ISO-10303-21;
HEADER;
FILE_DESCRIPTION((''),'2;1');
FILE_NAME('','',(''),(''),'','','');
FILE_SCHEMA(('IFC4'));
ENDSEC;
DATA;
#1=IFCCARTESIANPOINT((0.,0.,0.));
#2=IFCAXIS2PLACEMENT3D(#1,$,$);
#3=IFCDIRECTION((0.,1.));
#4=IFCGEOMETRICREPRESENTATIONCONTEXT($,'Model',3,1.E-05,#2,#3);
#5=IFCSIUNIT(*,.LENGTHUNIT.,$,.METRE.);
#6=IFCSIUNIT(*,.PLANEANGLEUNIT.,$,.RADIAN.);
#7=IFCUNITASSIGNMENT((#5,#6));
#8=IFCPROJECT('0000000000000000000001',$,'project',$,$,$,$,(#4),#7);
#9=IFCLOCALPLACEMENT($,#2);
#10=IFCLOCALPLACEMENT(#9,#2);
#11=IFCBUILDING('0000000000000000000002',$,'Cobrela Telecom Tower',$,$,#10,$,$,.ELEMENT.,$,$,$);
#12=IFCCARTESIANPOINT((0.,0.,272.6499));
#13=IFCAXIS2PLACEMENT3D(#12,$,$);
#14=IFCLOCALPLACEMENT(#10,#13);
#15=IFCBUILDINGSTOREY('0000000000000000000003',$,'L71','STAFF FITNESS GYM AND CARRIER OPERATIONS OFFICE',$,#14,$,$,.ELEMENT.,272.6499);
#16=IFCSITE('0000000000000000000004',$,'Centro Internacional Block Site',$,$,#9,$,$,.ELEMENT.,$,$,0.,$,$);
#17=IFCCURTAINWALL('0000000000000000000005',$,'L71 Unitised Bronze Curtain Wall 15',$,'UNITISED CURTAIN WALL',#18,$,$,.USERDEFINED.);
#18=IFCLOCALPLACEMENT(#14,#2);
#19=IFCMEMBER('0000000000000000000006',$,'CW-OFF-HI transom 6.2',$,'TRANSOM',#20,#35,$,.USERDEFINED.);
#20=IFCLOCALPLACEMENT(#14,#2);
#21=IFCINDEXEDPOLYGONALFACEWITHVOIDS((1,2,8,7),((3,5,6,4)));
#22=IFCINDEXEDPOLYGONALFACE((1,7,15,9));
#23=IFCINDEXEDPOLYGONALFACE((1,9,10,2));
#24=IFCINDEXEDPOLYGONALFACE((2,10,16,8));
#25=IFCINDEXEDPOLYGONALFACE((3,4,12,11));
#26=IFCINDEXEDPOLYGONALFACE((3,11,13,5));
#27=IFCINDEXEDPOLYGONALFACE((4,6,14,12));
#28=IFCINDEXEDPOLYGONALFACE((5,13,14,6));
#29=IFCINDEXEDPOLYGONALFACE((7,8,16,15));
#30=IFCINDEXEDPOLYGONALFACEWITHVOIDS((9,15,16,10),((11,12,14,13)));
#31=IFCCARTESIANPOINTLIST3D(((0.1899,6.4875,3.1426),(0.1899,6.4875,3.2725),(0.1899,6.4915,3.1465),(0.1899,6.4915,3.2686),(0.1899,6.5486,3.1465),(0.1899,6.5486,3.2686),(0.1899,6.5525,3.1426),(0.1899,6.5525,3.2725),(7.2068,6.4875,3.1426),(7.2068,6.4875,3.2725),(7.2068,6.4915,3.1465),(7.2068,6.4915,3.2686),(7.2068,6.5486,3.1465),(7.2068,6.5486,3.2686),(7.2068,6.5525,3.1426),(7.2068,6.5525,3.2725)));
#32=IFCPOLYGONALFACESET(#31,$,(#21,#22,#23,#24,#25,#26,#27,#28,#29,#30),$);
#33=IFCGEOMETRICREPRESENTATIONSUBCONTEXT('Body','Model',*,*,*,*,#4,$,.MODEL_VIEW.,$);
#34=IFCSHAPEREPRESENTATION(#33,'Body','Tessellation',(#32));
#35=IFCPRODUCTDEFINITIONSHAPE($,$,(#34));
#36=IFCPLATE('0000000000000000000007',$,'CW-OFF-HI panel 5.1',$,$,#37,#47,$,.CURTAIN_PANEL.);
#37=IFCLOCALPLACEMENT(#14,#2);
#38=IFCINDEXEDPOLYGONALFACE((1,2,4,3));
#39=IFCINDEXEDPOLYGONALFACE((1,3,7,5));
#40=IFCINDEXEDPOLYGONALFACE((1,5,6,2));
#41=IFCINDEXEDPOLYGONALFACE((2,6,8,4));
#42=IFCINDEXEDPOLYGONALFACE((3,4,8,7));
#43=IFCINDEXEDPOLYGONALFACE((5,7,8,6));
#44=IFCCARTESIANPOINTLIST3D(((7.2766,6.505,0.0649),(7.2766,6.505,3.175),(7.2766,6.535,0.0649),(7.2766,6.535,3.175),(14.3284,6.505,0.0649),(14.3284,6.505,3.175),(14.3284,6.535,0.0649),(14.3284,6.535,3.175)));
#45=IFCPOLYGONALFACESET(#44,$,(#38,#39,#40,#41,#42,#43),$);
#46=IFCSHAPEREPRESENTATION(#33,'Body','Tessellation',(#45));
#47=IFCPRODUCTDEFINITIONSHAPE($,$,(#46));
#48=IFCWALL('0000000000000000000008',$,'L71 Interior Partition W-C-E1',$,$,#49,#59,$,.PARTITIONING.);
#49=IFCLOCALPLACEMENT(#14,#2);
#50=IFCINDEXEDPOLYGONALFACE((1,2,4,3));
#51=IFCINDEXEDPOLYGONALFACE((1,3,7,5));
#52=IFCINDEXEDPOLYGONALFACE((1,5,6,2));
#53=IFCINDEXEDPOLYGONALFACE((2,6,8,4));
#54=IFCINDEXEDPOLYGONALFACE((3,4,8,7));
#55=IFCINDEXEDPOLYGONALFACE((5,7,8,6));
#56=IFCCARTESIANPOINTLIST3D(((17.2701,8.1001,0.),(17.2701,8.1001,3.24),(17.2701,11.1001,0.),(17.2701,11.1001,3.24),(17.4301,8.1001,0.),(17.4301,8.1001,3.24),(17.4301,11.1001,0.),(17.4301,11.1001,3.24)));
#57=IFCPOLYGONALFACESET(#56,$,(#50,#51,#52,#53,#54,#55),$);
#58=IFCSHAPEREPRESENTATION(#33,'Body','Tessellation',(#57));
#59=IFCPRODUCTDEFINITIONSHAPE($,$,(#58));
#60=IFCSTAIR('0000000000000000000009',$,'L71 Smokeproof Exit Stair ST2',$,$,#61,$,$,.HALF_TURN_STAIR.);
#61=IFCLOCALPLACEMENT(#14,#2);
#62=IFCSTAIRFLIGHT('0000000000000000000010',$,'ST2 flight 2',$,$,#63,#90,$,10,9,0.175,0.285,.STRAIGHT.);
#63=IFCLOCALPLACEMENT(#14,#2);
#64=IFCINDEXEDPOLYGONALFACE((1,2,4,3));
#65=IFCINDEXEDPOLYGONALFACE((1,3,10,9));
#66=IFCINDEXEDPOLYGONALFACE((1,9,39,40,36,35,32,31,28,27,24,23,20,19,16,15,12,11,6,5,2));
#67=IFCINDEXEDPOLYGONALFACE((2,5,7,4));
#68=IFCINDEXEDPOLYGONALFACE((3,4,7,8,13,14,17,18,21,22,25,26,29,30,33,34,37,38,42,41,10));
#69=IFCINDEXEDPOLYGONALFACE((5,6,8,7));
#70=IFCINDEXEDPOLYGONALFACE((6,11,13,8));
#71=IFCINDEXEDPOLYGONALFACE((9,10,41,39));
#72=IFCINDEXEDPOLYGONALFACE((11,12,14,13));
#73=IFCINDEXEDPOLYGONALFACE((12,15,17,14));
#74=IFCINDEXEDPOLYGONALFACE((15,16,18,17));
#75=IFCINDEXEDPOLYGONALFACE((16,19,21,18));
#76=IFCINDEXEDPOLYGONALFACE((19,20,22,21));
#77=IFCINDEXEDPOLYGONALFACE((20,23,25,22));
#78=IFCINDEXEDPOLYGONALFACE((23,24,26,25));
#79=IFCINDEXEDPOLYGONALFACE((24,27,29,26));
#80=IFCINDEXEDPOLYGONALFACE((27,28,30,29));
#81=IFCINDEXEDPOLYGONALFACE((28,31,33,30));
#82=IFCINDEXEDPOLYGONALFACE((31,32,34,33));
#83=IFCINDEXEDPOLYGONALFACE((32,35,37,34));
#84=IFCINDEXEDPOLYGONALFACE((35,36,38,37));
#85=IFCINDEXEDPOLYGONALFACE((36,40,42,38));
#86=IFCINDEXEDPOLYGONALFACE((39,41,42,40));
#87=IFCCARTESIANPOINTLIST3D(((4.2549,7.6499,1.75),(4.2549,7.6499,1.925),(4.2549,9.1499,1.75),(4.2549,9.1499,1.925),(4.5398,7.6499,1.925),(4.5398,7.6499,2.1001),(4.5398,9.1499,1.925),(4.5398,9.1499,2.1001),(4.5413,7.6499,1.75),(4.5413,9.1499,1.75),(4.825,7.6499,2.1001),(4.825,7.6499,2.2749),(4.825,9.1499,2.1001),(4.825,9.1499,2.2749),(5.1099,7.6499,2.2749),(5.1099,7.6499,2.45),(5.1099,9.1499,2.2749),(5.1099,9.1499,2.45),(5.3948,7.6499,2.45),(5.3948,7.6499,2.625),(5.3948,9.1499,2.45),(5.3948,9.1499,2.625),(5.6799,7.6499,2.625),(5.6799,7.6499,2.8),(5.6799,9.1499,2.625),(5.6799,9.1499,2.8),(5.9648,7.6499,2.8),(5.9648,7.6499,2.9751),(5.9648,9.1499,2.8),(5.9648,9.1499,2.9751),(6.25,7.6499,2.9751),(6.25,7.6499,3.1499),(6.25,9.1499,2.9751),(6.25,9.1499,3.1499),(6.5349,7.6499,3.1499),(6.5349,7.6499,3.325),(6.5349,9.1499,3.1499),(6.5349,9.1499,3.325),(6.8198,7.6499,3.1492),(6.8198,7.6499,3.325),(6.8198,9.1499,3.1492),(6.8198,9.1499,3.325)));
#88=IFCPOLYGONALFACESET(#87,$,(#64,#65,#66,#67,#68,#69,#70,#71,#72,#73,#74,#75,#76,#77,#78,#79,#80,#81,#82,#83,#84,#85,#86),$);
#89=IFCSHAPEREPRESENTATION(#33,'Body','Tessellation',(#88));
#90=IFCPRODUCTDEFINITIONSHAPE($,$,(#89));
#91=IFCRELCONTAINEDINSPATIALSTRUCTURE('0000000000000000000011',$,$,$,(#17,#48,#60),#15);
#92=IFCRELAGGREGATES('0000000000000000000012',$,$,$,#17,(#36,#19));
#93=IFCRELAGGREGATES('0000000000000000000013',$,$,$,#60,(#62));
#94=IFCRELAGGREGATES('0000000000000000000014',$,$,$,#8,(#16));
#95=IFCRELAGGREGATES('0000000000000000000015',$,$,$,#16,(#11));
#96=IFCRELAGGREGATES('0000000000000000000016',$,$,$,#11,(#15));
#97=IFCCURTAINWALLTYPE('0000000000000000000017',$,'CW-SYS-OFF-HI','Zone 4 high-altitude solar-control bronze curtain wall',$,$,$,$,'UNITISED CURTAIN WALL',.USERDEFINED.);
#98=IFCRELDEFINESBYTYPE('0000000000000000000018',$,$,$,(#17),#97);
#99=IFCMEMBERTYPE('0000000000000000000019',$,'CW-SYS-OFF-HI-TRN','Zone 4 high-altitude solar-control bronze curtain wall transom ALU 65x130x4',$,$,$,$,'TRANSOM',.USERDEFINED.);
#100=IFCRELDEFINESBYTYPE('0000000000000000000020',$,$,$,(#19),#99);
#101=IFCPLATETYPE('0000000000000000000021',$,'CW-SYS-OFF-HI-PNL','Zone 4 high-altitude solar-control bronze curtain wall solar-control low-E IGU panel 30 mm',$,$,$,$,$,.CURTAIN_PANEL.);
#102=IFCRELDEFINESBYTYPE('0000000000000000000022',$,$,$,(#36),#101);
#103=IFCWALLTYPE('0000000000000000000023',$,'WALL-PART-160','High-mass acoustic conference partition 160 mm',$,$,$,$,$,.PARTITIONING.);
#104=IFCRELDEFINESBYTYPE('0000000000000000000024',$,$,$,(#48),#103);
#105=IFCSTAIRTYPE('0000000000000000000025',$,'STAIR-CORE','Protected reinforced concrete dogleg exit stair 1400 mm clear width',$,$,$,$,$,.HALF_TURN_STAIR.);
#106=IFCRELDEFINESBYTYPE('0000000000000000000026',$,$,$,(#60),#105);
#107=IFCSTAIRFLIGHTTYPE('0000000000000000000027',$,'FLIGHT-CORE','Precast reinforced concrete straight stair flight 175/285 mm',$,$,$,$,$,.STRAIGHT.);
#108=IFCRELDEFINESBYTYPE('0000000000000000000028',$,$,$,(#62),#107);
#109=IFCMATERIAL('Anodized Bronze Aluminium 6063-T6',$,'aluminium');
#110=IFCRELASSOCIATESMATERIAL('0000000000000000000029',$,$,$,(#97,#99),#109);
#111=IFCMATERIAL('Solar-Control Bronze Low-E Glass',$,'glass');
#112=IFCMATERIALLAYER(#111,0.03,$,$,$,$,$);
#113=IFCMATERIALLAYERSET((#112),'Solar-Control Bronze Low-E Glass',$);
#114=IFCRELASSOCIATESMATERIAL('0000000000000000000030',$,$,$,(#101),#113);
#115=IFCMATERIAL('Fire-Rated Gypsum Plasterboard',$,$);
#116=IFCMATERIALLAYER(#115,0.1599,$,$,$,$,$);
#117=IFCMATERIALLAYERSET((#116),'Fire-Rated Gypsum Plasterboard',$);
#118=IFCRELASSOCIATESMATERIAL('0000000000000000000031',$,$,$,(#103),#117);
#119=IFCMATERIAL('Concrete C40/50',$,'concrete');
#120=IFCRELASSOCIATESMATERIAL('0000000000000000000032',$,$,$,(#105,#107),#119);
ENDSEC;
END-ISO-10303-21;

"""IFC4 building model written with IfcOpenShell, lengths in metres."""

from ifc_helpers import new_model, si_unit, direction, frame, frame_2d, origin, origin_2d, place, context, subcontext, project, spatial, polyline, rectangle, hollow_rectangle, outline, extrude, material, layer, layer_set, material_profile, profile_set, type_object, element, aggregate, save


model = new_model("IFC4")

# Units and contexts
model_context = context("Model", 3, precision=1e-05, world=origin(), true_north=direction((0.0, 1.0)))
body_context = subcontext(model_context, "Body", "Model", "MODEL_VIEW")
ifc_project = project(units=[si_unit("LENGTHUNIT", "METRE"), si_unit("PLANEANGLEUNIT", "RADIAN")], contexts=[model_context])

# Site, building, storey
site_placement = place(None, origin())
site = spatial("IfcSite", under=ifc_project, at=site_placement, Name="Centro Internacional Block Site", CompositionType="ELEMENT", RefElevation=0.0)
building_placement = place(site_placement, origin())
building = spatial("IfcBuilding", under=site, at=building_placement, Name="Cobrela Telecom Tower", CompositionType="ELEMENT")
storey_placement = place(building_placement, frame((0.0, 0.0, 272.6499)))
storey = spatial("IfcBuildingStorey", under=building, at=storey_placement, Name="L71", Description="STAFF FITNESS GYM AND CARRIER OPERATIONS OFFICE", CompositionType="ELEMENT", Elevation=272.6499)

# Curtain wall, member, plate
ifc_material_1 = material(Name="Anodized Bronze Aluminium 6063-T6", Category="aluminium")
curtain_wall_type = type_object("IfcCurtainWallType", Name="CW-SYS-OFF-HI", Description="Zone 4 high-altitude solar-control bronze curtain wall", ElementType="UNITISED CURTAIN WALL", PredefinedType="USERDEFINED", material=ifc_material_1)
curtain_wall_placement = place(storey_placement, origin())
curtain_wall = element("IfcCurtainWall", 1, at=curtain_wall_placement, inside=storey, type_object=curtain_wall_type, Name="L71 Unitised Bronze Curtain Wall 15", ObjectType="UNITISED CURTAIN WALL", PredefinedType="USERDEFINED")
ifc_material_profile_1 = material_profile(ifc_material_1, hollow_rectangle(XDim=0.0649, YDim=0.1299, WallThickness=0.0039, at=origin_2d()), Name="ALU 65x130x4")
ifc_profile_set_1 = profile_set([ifc_material_profile_1], Name="Anodized Bronze Aluminium 6063-T6")
member_type_1 = type_object("IfcMemberType", Name="CW-SYS-OFF-HI-TRN", Description="Zone 4 high-altitude solar-control bronze curtain wall transom ALU 65x130x4", ElementType="TRANSOM", PredefinedType="USERDEFINED", material=ifc_profile_set_1)
member_1_placement = place(storey_placement, frame((7.2068, 6.52, 3.2075), z_axis=(-1.0, 0.0, 0.0), x_axis=(0.0, -1.0, 0.0)))
member_1 = element("IfcMember", 2, at=member_1_placement, type_object=member_type_1, Name="CW-OFF-HI transom 6.2", ObjectType="TRANSOM", PredefinedType="USERDEFINED", context=body_context, shape_type="SweptSolid", body=[
    extrude(hollow_rectangle(XDim=0.0649, YDim=0.1299, WallThickness=0.0039, at=origin_2d()), origin(), (0.0, 0.0, 1.0), 7.0168),
])
ifc_material_2 = material(Name="Solar-Control Bronze Low-E Glass", Category="glass")
ifc_layer_1 = layer(ifc_material_2, 0.03)
ifc_layer_set_1 = layer_set([ifc_layer_1], Name="Solar-Control Bronze Low-E Glass")
plate_type = type_object("IfcPlateType", Name="CW-SYS-OFF-HI-PNL", Description="Zone 4 high-altitude solar-control bronze curtain wall solar-control low-E IGU panel 30 mm", PredefinedType="CURTAIN_PANEL", material=ifc_layer_set_1)
plate_placement = place(storey_placement, frame((10.8025, 6.52, 0.0649), z_axis=(0.0, 0.0, 1.0), x_axis=(-1.0, 0.0, 0.0)))
plate = element("IfcPlate", 3, at=plate_placement, type_object=plate_type, Name="CW-OFF-HI panel 5.1", PredefinedType="CURTAIN_PANEL", context=body_context, shape_type="SweptSolid", body=[
    extrude(rectangle(XDim=7.0518, YDim=0.03, at=origin_2d()), origin(), (0.0, 0.0, 1.0), 3.1101),
])
aggregate(curtain_wall, [plate, member_1])

# Shared definitions
ifc_material_3 = material(Name="Fire-Rated Gypsum Plasterboard")

# Wall
ifc_layer_2 = layer(ifc_material_3, 0.1599)
ifc_layer_set_2 = layer_set([ifc_layer_2], Name="Fire-Rated Gypsum Plasterboard")
wall_type_1 = type_object("IfcWallType", Name="WALL-PART-160", Description="High-mass acoustic conference partition 160 mm", PredefinedType="PARTITIONING", material=ifc_layer_set_2)
wall_1_placement = place(storey_placement, frame((17.3501, 8.1001, 0.0), z_axis=(0.0, 0.0, 1.0), x_axis=(0.0, 1.0, 0.0)))
element("IfcWall", 4, at=wall_1_placement, inside=storey, type_object=wall_type_1, Name="L71 Interior Partition W-C-E1", PredefinedType="PARTITIONING", context=body_context, shape_type="SweptSolid", body=[
    extrude(rectangle(XDim=3.0, YDim=0.1599, at=frame_2d((1.5, 0.0))), origin(), (0.0, 0.0, 1.0), 3.24),
])

# Shared definitions
ifc_material_4 = material(Name="Concrete C40/50", Category="concrete")

# Stair, stair flight
stair_type = type_object("IfcStairType", Name="STAIR-CORE", Description="Protected reinforced concrete dogleg exit stair 1400 mm clear width", PredefinedType="HALF_TURN_STAIR", material=ifc_material_4)
stair_placement = place(storey_placement, origin())
stair = element("IfcStair", 5, at=stair_placement, inside=storey, type_object=stair_type, Name="L71 Smokeproof Exit Stair ST2", PredefinedType="HALF_TURN_STAIR")
stair_flight_type = type_object("IfcStairFlightType", Name="FLIGHT-CORE", Description="Precast reinforced concrete straight stair flight 175/285 mm", PredefinedType="STRAIGHT", material=ifc_material_4)
stair_flight_placement = place(storey_placement, frame((4.2549, 8.3999, 1.75), z_axis=(0.0, 0.0, 1.0), x_axis=(1.0, 0.0, 0.0)))
stair_flight = element("IfcStairFlight", 6, at=stair_flight_placement, type_object=stair_flight_type, Name="ST2 flight 2", NumberOfRisers=10, NumberOfTreads=9, PredefinedType="STRAIGHT", RiserHeight=0.175, TreadLength=0.285, context=body_context, shape_type="SweptSolid", body=[
    extrude(outline(polyline([(0.0, 0.0), (0.0, 0.175), (0.2849, 0.175), (0.2849, 0.3501), (0.5701, 0.3501), (0.5701, 0.5249), (0.855, 0.5249), (0.855, 0.7), (1.1399, 0.7), (1.1399, 0.875), (1.425, 0.875), (1.425, 1.05), (1.71, 1.05), (1.71, 1.2251), (1.9951, 1.2251), (1.9951, 1.3999), (2.28, 1.3999), (2.28, 1.575), (2.5649, 1.575), (2.5649, 1.75), (2.5649, 1.3992), (0.2864, 0.0), (0.0, 0.0)])), frame((0.0, 0.75, 0.0), z_axis=(0.0, -1.0, 0.0), x_axis=(1.0, 0.0, 0.0)), (0.0, 0.0, 1.0), 1.5),
])
aggregate(stair, [stair_flight])

save(model, "model.ifc")
